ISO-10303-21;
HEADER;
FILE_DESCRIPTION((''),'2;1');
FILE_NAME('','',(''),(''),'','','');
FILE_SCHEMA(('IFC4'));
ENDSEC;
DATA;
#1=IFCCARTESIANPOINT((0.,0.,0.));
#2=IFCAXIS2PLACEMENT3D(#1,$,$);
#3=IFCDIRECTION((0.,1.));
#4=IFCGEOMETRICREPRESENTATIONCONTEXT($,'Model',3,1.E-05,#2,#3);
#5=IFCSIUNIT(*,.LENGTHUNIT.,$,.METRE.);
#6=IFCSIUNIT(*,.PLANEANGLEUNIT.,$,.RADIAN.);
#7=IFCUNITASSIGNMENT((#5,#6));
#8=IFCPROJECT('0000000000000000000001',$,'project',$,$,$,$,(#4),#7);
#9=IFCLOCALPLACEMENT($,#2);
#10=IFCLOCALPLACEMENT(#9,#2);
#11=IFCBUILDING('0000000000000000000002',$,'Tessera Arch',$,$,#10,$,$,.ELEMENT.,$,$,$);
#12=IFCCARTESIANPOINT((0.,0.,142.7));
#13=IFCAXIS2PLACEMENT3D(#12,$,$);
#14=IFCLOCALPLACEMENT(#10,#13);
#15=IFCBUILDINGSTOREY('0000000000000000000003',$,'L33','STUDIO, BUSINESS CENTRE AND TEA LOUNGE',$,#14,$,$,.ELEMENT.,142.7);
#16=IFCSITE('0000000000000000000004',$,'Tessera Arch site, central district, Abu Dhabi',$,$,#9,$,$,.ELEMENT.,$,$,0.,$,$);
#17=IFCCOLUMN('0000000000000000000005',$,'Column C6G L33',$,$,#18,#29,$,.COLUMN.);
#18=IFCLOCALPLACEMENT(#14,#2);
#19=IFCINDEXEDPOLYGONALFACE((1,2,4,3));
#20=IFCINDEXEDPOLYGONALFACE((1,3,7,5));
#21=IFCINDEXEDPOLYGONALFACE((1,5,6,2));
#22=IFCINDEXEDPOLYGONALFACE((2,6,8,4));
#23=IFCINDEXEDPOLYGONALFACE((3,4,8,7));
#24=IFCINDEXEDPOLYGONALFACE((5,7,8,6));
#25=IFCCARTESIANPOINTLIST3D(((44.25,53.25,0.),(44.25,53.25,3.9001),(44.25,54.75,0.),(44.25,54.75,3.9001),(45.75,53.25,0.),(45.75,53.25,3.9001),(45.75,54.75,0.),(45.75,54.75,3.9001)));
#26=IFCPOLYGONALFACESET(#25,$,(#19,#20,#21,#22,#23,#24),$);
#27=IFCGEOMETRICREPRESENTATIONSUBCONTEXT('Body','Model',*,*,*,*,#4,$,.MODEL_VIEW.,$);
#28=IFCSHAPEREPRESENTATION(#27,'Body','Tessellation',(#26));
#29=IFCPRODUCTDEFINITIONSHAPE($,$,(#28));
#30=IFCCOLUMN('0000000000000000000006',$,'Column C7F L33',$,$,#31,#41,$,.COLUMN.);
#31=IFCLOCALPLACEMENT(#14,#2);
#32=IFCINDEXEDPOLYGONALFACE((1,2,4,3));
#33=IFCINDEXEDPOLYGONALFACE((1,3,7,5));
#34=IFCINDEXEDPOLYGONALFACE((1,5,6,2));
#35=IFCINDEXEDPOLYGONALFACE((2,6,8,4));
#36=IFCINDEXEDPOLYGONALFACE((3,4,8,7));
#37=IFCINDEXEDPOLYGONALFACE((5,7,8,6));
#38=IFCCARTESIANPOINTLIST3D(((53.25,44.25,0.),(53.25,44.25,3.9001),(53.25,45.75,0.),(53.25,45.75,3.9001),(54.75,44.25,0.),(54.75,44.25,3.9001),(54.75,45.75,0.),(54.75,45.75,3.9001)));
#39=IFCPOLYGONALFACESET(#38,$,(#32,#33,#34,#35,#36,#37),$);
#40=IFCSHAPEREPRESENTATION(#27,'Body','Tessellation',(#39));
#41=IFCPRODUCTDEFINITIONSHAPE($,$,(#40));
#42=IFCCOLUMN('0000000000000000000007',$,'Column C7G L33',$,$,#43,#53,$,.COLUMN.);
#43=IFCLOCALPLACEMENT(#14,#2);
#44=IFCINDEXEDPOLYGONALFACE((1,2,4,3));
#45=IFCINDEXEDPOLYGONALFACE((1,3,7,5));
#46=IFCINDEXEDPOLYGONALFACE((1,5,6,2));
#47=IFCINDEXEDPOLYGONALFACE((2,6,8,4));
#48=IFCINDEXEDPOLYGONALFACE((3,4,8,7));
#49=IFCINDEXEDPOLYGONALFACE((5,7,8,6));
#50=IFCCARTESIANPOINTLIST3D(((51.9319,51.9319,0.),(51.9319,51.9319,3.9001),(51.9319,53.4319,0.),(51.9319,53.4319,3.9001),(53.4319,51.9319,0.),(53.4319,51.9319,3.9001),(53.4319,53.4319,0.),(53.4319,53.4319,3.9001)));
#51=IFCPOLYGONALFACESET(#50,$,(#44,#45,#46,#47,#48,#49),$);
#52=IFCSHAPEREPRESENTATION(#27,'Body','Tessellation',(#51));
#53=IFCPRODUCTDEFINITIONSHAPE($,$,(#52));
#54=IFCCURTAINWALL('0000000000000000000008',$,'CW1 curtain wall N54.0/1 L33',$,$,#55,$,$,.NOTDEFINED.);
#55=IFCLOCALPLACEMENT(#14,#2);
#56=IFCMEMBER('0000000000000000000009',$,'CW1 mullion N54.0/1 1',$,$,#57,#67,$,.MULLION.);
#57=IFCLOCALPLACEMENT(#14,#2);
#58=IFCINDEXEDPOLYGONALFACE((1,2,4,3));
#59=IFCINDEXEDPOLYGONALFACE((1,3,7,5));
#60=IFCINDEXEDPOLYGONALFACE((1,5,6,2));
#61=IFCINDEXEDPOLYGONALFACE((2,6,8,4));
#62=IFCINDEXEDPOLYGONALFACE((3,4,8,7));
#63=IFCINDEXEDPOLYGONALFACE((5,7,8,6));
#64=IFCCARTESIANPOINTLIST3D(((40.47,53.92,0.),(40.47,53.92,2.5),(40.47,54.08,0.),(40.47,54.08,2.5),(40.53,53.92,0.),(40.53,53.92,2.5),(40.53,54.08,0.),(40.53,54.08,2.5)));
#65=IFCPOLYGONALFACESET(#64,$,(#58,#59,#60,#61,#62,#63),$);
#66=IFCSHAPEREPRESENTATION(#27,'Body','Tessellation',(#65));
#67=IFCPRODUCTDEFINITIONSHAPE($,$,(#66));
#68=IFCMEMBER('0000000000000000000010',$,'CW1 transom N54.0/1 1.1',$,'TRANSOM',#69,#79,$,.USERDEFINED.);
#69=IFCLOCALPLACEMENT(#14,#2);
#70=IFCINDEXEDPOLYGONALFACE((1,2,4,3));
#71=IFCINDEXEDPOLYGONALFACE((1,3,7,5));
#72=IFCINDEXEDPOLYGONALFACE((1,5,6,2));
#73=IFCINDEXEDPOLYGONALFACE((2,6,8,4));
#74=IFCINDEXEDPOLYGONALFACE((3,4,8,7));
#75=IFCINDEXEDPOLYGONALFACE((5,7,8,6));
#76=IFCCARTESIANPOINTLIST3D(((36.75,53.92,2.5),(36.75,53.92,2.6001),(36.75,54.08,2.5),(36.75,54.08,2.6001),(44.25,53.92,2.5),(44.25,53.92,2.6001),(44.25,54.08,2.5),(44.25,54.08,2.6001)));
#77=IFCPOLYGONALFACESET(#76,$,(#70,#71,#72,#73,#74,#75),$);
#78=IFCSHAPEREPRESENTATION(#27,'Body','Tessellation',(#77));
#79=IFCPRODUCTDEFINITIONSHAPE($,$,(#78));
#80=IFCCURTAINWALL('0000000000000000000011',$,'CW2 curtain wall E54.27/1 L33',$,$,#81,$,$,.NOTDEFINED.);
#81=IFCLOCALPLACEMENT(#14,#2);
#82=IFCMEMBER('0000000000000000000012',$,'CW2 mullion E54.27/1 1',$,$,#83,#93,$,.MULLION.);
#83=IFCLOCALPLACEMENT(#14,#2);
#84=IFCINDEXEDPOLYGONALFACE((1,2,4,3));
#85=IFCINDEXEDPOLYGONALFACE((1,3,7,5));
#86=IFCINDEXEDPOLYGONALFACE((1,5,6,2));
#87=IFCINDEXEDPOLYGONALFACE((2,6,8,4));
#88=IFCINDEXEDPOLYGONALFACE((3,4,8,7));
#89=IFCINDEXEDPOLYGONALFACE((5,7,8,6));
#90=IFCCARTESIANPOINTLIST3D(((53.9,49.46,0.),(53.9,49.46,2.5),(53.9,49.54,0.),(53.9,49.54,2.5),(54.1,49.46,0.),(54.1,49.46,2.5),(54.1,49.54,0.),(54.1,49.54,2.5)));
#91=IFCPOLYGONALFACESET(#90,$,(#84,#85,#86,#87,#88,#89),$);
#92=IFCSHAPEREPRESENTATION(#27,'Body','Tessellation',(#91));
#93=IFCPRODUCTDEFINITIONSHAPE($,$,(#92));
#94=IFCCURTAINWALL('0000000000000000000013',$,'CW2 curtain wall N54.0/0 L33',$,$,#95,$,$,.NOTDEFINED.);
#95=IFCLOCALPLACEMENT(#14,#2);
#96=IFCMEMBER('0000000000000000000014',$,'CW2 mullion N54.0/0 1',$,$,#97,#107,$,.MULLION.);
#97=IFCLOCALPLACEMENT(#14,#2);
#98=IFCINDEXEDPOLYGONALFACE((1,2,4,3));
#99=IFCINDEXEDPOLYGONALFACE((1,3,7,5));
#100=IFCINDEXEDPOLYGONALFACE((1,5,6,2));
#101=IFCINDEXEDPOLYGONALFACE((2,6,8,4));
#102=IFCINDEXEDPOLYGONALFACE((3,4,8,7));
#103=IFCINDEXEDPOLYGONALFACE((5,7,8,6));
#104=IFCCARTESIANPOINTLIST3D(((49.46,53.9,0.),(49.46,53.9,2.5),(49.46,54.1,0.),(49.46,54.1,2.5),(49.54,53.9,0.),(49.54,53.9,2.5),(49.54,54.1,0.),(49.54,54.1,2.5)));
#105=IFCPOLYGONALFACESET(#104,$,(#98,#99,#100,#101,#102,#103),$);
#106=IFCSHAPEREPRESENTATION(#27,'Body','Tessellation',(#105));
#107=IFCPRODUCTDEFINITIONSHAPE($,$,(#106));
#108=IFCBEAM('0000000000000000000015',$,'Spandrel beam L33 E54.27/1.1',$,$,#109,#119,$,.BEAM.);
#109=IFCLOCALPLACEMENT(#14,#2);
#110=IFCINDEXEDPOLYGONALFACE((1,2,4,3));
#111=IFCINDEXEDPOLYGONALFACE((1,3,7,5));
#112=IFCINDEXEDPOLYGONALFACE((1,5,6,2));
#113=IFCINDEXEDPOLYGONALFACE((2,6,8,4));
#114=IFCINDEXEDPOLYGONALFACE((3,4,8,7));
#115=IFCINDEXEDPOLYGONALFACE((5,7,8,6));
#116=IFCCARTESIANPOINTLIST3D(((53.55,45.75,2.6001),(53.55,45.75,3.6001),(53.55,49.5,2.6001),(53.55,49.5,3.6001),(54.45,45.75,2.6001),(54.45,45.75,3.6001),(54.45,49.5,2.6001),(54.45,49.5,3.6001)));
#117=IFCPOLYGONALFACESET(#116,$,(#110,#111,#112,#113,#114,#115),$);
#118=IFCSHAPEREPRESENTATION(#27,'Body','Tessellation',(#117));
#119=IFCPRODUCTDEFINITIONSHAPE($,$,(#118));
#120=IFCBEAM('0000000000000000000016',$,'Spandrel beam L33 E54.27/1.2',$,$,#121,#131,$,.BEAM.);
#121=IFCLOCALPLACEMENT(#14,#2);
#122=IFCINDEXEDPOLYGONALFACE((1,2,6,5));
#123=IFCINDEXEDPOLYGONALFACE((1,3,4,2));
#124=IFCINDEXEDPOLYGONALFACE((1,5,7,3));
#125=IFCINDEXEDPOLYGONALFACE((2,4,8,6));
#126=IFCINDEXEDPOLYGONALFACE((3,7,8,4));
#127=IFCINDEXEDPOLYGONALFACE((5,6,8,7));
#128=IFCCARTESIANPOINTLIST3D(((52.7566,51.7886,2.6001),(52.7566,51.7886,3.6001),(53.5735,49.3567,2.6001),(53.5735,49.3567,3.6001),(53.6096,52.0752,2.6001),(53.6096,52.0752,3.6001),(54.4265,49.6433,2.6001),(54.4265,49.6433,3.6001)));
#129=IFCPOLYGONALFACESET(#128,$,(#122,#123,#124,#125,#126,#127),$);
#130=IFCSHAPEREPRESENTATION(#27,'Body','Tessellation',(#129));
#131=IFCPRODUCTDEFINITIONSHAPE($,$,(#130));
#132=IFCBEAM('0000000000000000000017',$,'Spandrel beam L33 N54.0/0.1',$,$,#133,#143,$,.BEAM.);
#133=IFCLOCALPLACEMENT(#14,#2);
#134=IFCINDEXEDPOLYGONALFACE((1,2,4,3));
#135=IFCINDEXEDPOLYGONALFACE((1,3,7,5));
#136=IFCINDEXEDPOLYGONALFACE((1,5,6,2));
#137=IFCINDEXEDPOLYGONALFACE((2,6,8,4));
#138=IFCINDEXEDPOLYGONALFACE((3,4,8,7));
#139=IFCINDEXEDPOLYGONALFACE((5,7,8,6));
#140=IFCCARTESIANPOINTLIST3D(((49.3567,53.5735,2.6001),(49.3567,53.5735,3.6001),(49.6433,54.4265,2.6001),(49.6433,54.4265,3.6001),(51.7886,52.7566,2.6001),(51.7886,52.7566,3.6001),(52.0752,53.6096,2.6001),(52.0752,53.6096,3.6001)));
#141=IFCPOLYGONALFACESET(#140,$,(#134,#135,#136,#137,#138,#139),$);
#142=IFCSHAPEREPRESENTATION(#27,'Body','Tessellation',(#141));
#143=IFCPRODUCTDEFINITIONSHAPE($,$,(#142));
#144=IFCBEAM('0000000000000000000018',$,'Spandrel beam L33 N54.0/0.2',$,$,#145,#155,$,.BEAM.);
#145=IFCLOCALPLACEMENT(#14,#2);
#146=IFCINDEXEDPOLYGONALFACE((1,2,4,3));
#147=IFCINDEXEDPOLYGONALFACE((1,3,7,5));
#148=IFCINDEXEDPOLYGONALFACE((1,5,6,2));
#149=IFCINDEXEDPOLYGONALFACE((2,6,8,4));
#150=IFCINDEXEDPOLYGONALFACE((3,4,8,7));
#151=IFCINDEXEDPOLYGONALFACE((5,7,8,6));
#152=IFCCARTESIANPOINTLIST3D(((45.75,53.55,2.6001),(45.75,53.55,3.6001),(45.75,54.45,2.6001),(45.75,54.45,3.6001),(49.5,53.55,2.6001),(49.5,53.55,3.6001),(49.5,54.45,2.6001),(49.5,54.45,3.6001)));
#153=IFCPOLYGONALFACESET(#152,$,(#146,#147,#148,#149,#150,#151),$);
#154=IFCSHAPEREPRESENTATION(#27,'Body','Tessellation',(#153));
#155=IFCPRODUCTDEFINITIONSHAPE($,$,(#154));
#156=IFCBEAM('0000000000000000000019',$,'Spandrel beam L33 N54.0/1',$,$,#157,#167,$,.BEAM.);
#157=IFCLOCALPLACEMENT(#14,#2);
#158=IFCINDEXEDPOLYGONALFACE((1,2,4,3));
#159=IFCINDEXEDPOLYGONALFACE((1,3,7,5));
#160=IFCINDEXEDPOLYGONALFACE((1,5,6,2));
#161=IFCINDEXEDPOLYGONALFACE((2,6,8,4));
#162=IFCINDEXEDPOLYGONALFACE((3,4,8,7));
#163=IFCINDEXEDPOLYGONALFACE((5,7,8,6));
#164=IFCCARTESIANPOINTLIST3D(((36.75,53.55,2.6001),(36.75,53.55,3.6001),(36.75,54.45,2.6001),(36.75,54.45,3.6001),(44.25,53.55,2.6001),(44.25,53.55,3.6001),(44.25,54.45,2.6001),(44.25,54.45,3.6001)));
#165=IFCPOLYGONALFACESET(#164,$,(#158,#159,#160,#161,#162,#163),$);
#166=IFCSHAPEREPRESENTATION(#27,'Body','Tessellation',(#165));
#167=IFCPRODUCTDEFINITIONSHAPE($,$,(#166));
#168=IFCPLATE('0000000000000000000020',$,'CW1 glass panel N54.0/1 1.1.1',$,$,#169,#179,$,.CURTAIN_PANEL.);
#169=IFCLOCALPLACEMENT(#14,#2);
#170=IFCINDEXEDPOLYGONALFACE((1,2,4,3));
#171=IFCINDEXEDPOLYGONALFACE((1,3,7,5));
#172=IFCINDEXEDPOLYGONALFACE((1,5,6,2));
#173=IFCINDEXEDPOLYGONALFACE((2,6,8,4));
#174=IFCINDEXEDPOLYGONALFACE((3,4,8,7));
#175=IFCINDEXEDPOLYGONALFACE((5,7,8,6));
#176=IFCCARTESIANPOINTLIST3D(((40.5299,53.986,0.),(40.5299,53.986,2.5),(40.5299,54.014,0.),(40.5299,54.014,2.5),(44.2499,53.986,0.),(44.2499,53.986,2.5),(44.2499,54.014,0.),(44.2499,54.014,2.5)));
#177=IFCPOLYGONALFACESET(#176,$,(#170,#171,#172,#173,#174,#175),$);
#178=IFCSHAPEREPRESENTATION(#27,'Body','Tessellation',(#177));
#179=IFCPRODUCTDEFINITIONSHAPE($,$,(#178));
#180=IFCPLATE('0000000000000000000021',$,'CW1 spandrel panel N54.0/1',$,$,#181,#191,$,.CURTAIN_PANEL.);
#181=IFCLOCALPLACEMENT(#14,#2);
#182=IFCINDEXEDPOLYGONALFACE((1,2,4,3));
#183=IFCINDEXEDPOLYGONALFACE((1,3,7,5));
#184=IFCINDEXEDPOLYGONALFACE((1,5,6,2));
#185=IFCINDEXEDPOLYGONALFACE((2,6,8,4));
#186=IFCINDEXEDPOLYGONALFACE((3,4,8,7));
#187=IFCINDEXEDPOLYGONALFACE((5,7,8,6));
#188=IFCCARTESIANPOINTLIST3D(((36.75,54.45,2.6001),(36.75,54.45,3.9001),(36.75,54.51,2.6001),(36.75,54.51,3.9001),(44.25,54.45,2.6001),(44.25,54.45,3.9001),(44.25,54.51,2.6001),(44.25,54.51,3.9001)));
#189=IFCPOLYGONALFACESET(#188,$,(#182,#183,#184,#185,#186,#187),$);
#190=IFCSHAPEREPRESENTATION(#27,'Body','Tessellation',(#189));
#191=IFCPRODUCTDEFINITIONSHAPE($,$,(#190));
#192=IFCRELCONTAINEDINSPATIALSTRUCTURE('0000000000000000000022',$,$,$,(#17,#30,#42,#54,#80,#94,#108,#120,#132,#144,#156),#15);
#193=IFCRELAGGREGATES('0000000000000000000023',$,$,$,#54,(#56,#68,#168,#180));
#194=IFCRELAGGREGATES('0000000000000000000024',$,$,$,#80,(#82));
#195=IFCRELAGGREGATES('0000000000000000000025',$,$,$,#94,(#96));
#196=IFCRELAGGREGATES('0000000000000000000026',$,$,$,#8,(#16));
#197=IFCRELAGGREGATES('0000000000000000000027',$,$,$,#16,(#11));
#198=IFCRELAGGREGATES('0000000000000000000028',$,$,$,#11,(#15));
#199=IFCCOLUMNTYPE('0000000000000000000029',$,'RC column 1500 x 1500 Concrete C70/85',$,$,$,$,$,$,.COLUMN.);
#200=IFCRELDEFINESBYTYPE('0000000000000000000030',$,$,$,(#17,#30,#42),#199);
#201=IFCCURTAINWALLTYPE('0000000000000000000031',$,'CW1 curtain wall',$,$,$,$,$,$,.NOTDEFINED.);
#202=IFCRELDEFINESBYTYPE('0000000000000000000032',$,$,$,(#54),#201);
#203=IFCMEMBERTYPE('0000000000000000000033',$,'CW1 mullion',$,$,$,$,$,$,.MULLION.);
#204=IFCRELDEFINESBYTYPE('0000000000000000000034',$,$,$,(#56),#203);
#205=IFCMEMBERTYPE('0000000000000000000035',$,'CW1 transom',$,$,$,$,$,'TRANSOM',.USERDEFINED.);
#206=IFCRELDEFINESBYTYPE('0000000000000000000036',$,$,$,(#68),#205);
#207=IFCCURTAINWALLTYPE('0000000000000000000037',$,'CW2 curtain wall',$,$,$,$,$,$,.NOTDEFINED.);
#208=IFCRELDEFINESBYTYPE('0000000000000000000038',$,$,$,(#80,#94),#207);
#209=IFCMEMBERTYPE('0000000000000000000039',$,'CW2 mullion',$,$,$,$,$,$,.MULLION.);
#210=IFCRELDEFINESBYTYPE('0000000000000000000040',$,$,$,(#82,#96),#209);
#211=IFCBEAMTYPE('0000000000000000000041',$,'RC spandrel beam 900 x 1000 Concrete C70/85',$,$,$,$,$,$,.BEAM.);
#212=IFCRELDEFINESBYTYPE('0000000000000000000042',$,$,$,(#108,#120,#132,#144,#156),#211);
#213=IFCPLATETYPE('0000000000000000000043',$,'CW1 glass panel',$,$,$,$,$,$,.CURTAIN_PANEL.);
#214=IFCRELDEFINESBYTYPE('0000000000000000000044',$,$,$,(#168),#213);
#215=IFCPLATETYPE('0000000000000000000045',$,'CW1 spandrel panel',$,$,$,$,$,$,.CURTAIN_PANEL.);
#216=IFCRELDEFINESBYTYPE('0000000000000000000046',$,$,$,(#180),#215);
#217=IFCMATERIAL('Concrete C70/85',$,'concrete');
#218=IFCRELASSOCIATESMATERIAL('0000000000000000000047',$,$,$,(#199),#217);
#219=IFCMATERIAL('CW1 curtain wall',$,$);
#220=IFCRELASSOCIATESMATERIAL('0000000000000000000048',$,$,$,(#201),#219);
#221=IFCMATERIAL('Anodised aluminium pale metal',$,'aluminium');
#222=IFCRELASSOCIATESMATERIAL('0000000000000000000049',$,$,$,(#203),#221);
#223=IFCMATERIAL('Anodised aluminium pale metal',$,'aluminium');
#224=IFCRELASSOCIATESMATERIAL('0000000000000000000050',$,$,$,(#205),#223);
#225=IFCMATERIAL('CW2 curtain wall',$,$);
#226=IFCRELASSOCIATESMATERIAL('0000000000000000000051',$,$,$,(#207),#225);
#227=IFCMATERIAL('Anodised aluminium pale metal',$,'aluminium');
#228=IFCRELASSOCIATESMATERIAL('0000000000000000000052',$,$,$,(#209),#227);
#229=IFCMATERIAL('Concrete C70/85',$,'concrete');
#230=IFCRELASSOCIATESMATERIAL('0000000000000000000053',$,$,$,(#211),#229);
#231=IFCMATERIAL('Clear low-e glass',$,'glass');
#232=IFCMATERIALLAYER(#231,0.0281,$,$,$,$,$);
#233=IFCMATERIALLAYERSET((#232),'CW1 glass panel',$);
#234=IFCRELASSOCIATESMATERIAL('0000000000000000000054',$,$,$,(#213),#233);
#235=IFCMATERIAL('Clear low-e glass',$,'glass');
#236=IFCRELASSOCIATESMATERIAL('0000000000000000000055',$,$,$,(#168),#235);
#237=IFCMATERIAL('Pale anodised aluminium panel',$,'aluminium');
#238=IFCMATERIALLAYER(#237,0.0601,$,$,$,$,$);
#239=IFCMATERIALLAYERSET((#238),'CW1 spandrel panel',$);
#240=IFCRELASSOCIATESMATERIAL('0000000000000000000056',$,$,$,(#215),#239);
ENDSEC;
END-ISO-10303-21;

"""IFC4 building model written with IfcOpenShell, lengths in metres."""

from ifc_helpers import new_model, si_unit, direction, frame, origin, origin_2d, place, context, subcontext, project, spatial, rectangle, extrude, material, layer, layer_set, material_profile, profile_set, type_object, element, aggregate, save


model = new_model("IFC4")

# Units and contexts
model_context = context("Model", 3, precision=1e-05, world=origin(), true_north=direction((0.0, 1.0)))
body_context = subcontext(model_context, "Body", "Model", "MODEL_VIEW")
ifc_project = project(units=[si_unit("LENGTHUNIT", "METRE"), si_unit("PLANEANGLEUNIT", "RADIAN")], contexts=[model_context])

# Site, building, storey
site_placement = place(None, origin())
site = spatial("IfcSite", under=ifc_project, at=site_placement, Name="Tessera Arch site, central district, Abu Dhabi", CompositionType="ELEMENT", RefElevation=0.0)
building_placement = place(site_placement, origin())
building = spatial("IfcBuilding", under=site, at=building_placement, Name="Tessera Arch", CompositionType="ELEMENT")
storey_placement = place(building_placement, frame((0.0, 0.0, 142.7)))
storey = spatial("IfcBuildingStorey", under=building, at=storey_placement, Name="L33", Description="STUDIO, BUSINESS CENTRE AND TEA LOUNGE", CompositionType="ELEMENT", Elevation=142.7)

# Columns
ifc_material_1 = material(Name="Concrete C70/85", Category="concrete")
ifc_material_profile_1 = material_profile(ifc_material_1, rectangle(XDim=1.5, YDim=1.5, at=origin_2d()), Name="RC column 1500 x 1500 Concrete C70/85")
ifc_profile_set_1 = profile_set([ifc_material_profile_1], Name="Concrete C70/85")
column_type = type_object("IfcColumnType", Name="RC column 1500 x 1500 Concrete C70/85", PredefinedType="COLUMN", material=ifc_profile_set_1)
for number, where, z_axis, x_axis, name in (
    (1, (45.0, 54.0, 0.0), (0.0, 0.0, 1.0), (1.0, 0.0, 0.0), "Column C6G L33"),
    (2, (54.0, 45.0, 0.0), (0.0, 0.0, 1.0), (1.0, 0.0, 0.0), "Column C7F L33"),
    (3, (52.6819, 52.6819, 0.0), (0.0, 0.0, 1.0), (1.0, 0.0, 0.0), "Column C7G L33"),
):
    element("IfcColumn", number, at=place(storey_placement, frame(where, z_axis=z_axis, x_axis=x_axis)), inside=storey, type_object=column_type, Name=name, PredefinedType="COLUMN", context=body_context, shape_type="SweptSolid", body=[
        extrude(rectangle(XDim=1.5, YDim=1.5, at=origin_2d()), origin(), (0.0, 0.0, 1.0), 3.9001),
    ])

# Curtain wall, members
ifc_material_2 = material(Name="CW1 curtain wall")
curtain_wall_type_1 = type_object("IfcCurtainWallType", Name="CW1 curtain wall", PredefinedType="NOTDEFINED", material=ifc_material_2)
curtain_wall_1_placement = place(storey_placement, origin())
curtain_wall_1 = element("IfcCurtainWall", 4, at=curtain_wall_1_placement, inside=storey, type_object=curtain_wall_type_1, Name="CW1 curtain wall N54.0/1 L33", PredefinedType="NOTDEFINED")
ifc_material_3 = material(Name="Anodised aluminium pale metal", Category="aluminium")
ifc_material_profile_2 = material_profile(ifc_material_3, rectangle(XDim=0.1599, YDim=0.0601, at=origin_2d()), Name="AL 60x160")
ifc_profile_set_2 = profile_set([ifc_material_profile_2], Name="Anodised aluminium pale metal")
member_type_1 = type_object("IfcMemberType", Name="CW1 mullion", PredefinedType="MULLION", material=ifc_profile_set_2)
member_1_placement = place(storey_placement, frame((40.5, 54.0, 0.0), z_axis=(0.0, 0.0, 1.0), x_axis=(0.0, -1.0, 0.0)))
member_1 = element("IfcMember", 5, at=member_1_placement, type_object=member_type_1, Name="CW1 mullion N54.0/1 1", PredefinedType="MULLION", context=body_context, shape_type="SweptSolid", body=[
    extrude(rectangle(XDim=0.1599, YDim=0.0601, at=origin_2d()), origin(), (0.0, 0.0, 1.0), 2.5),
])
ifc_material_4 = material(Name="Anodised aluminium pale metal", Category="aluminium")
ifc_material_profile_3 = material_profile(ifc_material_4, rectangle(XDim=0.1599, YDim=0.1001, at=origin_2d()), Name="AL 160x100")
ifc_profile_set_3 = profile_set([ifc_material_profile_3], Name="Anodised aluminium pale metal")
member_type_2 = type_object("IfcMemberType", Name="CW1 transom", ElementType="TRANSOM", PredefinedType="USERDEFINED", material=ifc_profile_set_3)
member_2_placement = place(storey_placement, frame((44.25, 54.0, 2.55), z_axis=(-1.0, 0.0, 0.0), x_axis=(0.0, -1.0, 0.0)))
member_2 = element("IfcMember", 6, at=member_2_placement, type_object=member_type_2, Name="CW1 transom N54.0/1 1.1", ObjectType="TRANSOM", PredefinedType="USERDEFINED", context=body_context, shape_type="SweptSolid", body=[
    extrude(rectangle(XDim=0.1599, YDim=0.1001, at=origin_2d()), origin(), (0.0, 0.0, 1.0), 7.5),
])

# Curtain walls, members
ifc_material_5 = material(Name="CW2 curtain wall")
curtain_wall_type_2 = type_object("IfcCurtainWallType", Name="CW2 curtain wall", PredefinedType="NOTDEFINED", material=ifc_material_5)
curtain_wall_2_placement = place(storey_placement, origin())
curtain_wall_2 = element("IfcCurtainWall", 7, at=curtain_wall_2_placement, inside=storey, type_object=curtain_wall_type_2, Name="CW2 curtain wall E54.27/1 L33", PredefinedType="NOTDEFINED")
ifc_material_6 = material(Name="Anodised aluminium pale metal", Category="aluminium")
ifc_material_profile_4 = material_profile(ifc_material_6, rectangle(XDim=0.2, YDim=0.0801, at=origin_2d()), Name="AL 80x200")
ifc_profile_set_4 = profile_set([ifc_material_profile_4], Name="Anodised aluminium pale metal")
member_type_3 = type_object("IfcMemberType", Name="CW2 mullion", PredefinedType="MULLION", material=ifc_profile_set_4)
member_3_placement = place(storey_placement, frame((54.0, 49.5, 0.0), z_axis=(0.0, 0.0, 1.0), x_axis=(-1.0, 0.0, 0.0)))
member_3 = element("IfcMember", 8, at=member_3_placement, type_object=member_type_3, Name="CW2 mullion E54.27/1 1", PredefinedType="MULLION", context=body_context, shape_type="SweptSolid", body=[
    extrude(rectangle(XDim=0.2, YDim=0.0801, at=origin_2d()), origin(), (0.0, 0.0, 1.0), 2.5),
])
curtain_wall_3_placement = place(storey_placement, origin())
curtain_wall_3 = element("IfcCurtainWall", 9, at=curtain_wall_3_placement, inside=storey, type_object=curtain_wall_type_2, Name="CW2 curtain wall N54.0/0 L33", PredefinedType="NOTDEFINED")
member_4_placement = place(storey_placement, frame((49.5, 54.0, 0.0), z_axis=(0.0, 0.0, 1.0), x_axis=(0.0, -1.0, 0.0)))
member_4 = element("IfcMember", 10, at=member_4_placement, type_object=member_type_3, Name="CW2 mullion N54.0/0 1", PredefinedType="MULLION", context=body_context, shape_type="SweptSolid", body=[
    extrude(rectangle(XDim=0.2, YDim=0.0801, at=origin_2d()), origin(), (0.0, 0.0, 1.0), 2.5),
])

# Beams
ifc_material_7 = material(Name="Concrete C70/85", Category="concrete")
ifc_material_profile_5 = material_profile(ifc_material_7, rectangle(XDim=0.8999, YDim=1.0, at=origin_2d()), Name="RC spandrel beam 900 x 1000 Concrete C70/85")
ifc_profile_set_5 = profile_set([ifc_material_profile_5], Name="Concrete C70/85")
beam_type = type_object("IfcBeamType", Name="RC spandrel beam 900 x 1000 Concrete C70/85", PredefinedType="BEAM", material=ifc_profile_set_5)
beam_1_placement = place(storey_placement, frame((54.0, 45.75, 3.1001), z_axis=(0.0, 1.0, 0.0), x_axis=(-1.0, 0.0, 0.0)))
element("IfcBeam", 11, at=beam_1_placement, inside=storey, type_object=beam_type, Name="Spandrel beam L33 E54.27/1.1", PredefinedType="BEAM", context=body_context, shape_type="SweptSolid", body=[
    extrude(rectangle(XDim=0.8999, YDim=1.0, at=origin_2d()), origin(), (0.0, 0.0, 1.0), 3.75),
])
for number, where, z_axis, x_axis, name in (
    (12, (54.0, 49.5, 3.1001), (-0.318425, 0.947948, 0.0), (-0.947948, -0.318425, 0.0), "Spandrel beam L33 E54.27/1.2"),
    (13, (51.9319, 53.1831, 3.1001), (-0.947948, 0.318425, 0.0), (-0.318425, -0.947948, 0.0), "Spandrel beam L33 N54.0/0.1"),
):
    element("IfcBeam", number, at=place(storey_placement, frame(where, z_axis=z_axis, x_axis=x_axis)), inside=storey, type_object=beam_type, Name=name, PredefinedType="BEAM", context=body_context, shape_type="SweptSolid", body=[
        extrude(rectangle(XDim=0.8999, YDim=1.0, at=origin_2d()), origin(), (0.0, 0.0, 1.0), 2.5654),
    ])
beam_2_placement = place(storey_placement, frame((49.5, 54.0, 3.1001), z_axis=(-1.0, 0.0, 0.0), x_axis=(0.0, -1.0, 0.0)))
element("IfcBeam", 14, at=beam_2_placement, inside=storey, type_object=beam_type, Name="Spandrel beam L33 N54.0/0.2", PredefinedType="BEAM", context=body_context, shape_type="SweptSolid", body=[
    extrude(rectangle(XDim=0.8999, YDim=1.0, at=origin_2d()), origin(), (0.0, 0.0, 1.0), 3.75),
])
beam_3_placement = place(storey_placement, frame((44.25, 54.0, 3.1001), z_axis=(-1.0, 0.0, 0.0), x_axis=(0.0, -1.0, 0.0)))
element("IfcBeam", 15, at=beam_3_placement, inside=storey, type_object=beam_type, Name="Spandrel beam L33 N54.0/1", PredefinedType="BEAM", context=body_context, shape_type="SweptSolid", body=[
    extrude(rectangle(XDim=0.8999, YDim=1.0, at=origin_2d()), origin(), (0.0, 0.0, 1.0), 7.5),
])

# Plates
ifc_material_8 = material(Name="Clear low-e glass", Category="glass")
ifc_material_9 = material(Name="Clear low-e glass", Category="glass")
ifc_layer_1 = layer(ifc_material_9, 0.0281)
ifc_layer_set_1 = layer_set([ifc_layer_1], Name="CW1 glass panel")
plate_type_1 = type_object("IfcPlateType", Name="CW1 glass panel", PredefinedType="CURTAIN_PANEL", material=ifc_layer_set_1)
plate_1_placement = place(storey_placement, frame((42.3899, 54.0, 0.0), z_axis=(0.0, 0.0, 1.0), x_axis=(-1.0, 0.0, 0.0)))
plate_1 = element("IfcPlate", 16, at=plate_1_placement, type_object=plate_type_1, material=ifc_material_8, Name="CW1 glass panel N54.0/1 1.1.1", PredefinedType="CURTAIN_PANEL", context=body_context, shape_type="SweptSolid", body=[
    extrude(rectangle(XDim=3.72, YDim=0.0281, at=origin_2d()), origin(), (0.0, 0.0, 1.0), 2.5),
])
ifc_material_10 = material(Name="Pale anodised aluminium panel", Category="aluminium")
ifc_layer_2 = layer(ifc_material_10, 0.0601)
ifc_layer_set_2 = layer_set([ifc_layer_2], Name="CW1 spandrel panel")
plate_type_2 = type_object("IfcPlateType", Name="CW1 spandrel panel", PredefinedType="CURTAIN_PANEL", material=ifc_layer_set_2)
plate_2_placement = place(storey_placement, frame((40.5, 54.48, 2.6001), z_axis=(0.0, 0.0, 1.0), x_axis=(-1.0, 0.0, 0.0)))
plate_2 = element("IfcPlate", 17, at=plate_2_placement, type_object=plate_type_2, Name="CW1 spandrel panel N54.0/1", PredefinedType="CURTAIN_PANEL", context=body_context, shape_type="SweptSolid", body=[
    extrude(rectangle(XDim=7.5, YDim=0.0601, at=origin_2d()), origin(), (0.0, 0.0, 1.0), 1.3),
])
aggregate(curtain_wall_1, [member_1, member_2, plate_1, plate_2])
aggregate(curtain_wall_2, [member_3])
aggregate(curtain_wall_3, [member_4])

save(model, "model.ifc")
